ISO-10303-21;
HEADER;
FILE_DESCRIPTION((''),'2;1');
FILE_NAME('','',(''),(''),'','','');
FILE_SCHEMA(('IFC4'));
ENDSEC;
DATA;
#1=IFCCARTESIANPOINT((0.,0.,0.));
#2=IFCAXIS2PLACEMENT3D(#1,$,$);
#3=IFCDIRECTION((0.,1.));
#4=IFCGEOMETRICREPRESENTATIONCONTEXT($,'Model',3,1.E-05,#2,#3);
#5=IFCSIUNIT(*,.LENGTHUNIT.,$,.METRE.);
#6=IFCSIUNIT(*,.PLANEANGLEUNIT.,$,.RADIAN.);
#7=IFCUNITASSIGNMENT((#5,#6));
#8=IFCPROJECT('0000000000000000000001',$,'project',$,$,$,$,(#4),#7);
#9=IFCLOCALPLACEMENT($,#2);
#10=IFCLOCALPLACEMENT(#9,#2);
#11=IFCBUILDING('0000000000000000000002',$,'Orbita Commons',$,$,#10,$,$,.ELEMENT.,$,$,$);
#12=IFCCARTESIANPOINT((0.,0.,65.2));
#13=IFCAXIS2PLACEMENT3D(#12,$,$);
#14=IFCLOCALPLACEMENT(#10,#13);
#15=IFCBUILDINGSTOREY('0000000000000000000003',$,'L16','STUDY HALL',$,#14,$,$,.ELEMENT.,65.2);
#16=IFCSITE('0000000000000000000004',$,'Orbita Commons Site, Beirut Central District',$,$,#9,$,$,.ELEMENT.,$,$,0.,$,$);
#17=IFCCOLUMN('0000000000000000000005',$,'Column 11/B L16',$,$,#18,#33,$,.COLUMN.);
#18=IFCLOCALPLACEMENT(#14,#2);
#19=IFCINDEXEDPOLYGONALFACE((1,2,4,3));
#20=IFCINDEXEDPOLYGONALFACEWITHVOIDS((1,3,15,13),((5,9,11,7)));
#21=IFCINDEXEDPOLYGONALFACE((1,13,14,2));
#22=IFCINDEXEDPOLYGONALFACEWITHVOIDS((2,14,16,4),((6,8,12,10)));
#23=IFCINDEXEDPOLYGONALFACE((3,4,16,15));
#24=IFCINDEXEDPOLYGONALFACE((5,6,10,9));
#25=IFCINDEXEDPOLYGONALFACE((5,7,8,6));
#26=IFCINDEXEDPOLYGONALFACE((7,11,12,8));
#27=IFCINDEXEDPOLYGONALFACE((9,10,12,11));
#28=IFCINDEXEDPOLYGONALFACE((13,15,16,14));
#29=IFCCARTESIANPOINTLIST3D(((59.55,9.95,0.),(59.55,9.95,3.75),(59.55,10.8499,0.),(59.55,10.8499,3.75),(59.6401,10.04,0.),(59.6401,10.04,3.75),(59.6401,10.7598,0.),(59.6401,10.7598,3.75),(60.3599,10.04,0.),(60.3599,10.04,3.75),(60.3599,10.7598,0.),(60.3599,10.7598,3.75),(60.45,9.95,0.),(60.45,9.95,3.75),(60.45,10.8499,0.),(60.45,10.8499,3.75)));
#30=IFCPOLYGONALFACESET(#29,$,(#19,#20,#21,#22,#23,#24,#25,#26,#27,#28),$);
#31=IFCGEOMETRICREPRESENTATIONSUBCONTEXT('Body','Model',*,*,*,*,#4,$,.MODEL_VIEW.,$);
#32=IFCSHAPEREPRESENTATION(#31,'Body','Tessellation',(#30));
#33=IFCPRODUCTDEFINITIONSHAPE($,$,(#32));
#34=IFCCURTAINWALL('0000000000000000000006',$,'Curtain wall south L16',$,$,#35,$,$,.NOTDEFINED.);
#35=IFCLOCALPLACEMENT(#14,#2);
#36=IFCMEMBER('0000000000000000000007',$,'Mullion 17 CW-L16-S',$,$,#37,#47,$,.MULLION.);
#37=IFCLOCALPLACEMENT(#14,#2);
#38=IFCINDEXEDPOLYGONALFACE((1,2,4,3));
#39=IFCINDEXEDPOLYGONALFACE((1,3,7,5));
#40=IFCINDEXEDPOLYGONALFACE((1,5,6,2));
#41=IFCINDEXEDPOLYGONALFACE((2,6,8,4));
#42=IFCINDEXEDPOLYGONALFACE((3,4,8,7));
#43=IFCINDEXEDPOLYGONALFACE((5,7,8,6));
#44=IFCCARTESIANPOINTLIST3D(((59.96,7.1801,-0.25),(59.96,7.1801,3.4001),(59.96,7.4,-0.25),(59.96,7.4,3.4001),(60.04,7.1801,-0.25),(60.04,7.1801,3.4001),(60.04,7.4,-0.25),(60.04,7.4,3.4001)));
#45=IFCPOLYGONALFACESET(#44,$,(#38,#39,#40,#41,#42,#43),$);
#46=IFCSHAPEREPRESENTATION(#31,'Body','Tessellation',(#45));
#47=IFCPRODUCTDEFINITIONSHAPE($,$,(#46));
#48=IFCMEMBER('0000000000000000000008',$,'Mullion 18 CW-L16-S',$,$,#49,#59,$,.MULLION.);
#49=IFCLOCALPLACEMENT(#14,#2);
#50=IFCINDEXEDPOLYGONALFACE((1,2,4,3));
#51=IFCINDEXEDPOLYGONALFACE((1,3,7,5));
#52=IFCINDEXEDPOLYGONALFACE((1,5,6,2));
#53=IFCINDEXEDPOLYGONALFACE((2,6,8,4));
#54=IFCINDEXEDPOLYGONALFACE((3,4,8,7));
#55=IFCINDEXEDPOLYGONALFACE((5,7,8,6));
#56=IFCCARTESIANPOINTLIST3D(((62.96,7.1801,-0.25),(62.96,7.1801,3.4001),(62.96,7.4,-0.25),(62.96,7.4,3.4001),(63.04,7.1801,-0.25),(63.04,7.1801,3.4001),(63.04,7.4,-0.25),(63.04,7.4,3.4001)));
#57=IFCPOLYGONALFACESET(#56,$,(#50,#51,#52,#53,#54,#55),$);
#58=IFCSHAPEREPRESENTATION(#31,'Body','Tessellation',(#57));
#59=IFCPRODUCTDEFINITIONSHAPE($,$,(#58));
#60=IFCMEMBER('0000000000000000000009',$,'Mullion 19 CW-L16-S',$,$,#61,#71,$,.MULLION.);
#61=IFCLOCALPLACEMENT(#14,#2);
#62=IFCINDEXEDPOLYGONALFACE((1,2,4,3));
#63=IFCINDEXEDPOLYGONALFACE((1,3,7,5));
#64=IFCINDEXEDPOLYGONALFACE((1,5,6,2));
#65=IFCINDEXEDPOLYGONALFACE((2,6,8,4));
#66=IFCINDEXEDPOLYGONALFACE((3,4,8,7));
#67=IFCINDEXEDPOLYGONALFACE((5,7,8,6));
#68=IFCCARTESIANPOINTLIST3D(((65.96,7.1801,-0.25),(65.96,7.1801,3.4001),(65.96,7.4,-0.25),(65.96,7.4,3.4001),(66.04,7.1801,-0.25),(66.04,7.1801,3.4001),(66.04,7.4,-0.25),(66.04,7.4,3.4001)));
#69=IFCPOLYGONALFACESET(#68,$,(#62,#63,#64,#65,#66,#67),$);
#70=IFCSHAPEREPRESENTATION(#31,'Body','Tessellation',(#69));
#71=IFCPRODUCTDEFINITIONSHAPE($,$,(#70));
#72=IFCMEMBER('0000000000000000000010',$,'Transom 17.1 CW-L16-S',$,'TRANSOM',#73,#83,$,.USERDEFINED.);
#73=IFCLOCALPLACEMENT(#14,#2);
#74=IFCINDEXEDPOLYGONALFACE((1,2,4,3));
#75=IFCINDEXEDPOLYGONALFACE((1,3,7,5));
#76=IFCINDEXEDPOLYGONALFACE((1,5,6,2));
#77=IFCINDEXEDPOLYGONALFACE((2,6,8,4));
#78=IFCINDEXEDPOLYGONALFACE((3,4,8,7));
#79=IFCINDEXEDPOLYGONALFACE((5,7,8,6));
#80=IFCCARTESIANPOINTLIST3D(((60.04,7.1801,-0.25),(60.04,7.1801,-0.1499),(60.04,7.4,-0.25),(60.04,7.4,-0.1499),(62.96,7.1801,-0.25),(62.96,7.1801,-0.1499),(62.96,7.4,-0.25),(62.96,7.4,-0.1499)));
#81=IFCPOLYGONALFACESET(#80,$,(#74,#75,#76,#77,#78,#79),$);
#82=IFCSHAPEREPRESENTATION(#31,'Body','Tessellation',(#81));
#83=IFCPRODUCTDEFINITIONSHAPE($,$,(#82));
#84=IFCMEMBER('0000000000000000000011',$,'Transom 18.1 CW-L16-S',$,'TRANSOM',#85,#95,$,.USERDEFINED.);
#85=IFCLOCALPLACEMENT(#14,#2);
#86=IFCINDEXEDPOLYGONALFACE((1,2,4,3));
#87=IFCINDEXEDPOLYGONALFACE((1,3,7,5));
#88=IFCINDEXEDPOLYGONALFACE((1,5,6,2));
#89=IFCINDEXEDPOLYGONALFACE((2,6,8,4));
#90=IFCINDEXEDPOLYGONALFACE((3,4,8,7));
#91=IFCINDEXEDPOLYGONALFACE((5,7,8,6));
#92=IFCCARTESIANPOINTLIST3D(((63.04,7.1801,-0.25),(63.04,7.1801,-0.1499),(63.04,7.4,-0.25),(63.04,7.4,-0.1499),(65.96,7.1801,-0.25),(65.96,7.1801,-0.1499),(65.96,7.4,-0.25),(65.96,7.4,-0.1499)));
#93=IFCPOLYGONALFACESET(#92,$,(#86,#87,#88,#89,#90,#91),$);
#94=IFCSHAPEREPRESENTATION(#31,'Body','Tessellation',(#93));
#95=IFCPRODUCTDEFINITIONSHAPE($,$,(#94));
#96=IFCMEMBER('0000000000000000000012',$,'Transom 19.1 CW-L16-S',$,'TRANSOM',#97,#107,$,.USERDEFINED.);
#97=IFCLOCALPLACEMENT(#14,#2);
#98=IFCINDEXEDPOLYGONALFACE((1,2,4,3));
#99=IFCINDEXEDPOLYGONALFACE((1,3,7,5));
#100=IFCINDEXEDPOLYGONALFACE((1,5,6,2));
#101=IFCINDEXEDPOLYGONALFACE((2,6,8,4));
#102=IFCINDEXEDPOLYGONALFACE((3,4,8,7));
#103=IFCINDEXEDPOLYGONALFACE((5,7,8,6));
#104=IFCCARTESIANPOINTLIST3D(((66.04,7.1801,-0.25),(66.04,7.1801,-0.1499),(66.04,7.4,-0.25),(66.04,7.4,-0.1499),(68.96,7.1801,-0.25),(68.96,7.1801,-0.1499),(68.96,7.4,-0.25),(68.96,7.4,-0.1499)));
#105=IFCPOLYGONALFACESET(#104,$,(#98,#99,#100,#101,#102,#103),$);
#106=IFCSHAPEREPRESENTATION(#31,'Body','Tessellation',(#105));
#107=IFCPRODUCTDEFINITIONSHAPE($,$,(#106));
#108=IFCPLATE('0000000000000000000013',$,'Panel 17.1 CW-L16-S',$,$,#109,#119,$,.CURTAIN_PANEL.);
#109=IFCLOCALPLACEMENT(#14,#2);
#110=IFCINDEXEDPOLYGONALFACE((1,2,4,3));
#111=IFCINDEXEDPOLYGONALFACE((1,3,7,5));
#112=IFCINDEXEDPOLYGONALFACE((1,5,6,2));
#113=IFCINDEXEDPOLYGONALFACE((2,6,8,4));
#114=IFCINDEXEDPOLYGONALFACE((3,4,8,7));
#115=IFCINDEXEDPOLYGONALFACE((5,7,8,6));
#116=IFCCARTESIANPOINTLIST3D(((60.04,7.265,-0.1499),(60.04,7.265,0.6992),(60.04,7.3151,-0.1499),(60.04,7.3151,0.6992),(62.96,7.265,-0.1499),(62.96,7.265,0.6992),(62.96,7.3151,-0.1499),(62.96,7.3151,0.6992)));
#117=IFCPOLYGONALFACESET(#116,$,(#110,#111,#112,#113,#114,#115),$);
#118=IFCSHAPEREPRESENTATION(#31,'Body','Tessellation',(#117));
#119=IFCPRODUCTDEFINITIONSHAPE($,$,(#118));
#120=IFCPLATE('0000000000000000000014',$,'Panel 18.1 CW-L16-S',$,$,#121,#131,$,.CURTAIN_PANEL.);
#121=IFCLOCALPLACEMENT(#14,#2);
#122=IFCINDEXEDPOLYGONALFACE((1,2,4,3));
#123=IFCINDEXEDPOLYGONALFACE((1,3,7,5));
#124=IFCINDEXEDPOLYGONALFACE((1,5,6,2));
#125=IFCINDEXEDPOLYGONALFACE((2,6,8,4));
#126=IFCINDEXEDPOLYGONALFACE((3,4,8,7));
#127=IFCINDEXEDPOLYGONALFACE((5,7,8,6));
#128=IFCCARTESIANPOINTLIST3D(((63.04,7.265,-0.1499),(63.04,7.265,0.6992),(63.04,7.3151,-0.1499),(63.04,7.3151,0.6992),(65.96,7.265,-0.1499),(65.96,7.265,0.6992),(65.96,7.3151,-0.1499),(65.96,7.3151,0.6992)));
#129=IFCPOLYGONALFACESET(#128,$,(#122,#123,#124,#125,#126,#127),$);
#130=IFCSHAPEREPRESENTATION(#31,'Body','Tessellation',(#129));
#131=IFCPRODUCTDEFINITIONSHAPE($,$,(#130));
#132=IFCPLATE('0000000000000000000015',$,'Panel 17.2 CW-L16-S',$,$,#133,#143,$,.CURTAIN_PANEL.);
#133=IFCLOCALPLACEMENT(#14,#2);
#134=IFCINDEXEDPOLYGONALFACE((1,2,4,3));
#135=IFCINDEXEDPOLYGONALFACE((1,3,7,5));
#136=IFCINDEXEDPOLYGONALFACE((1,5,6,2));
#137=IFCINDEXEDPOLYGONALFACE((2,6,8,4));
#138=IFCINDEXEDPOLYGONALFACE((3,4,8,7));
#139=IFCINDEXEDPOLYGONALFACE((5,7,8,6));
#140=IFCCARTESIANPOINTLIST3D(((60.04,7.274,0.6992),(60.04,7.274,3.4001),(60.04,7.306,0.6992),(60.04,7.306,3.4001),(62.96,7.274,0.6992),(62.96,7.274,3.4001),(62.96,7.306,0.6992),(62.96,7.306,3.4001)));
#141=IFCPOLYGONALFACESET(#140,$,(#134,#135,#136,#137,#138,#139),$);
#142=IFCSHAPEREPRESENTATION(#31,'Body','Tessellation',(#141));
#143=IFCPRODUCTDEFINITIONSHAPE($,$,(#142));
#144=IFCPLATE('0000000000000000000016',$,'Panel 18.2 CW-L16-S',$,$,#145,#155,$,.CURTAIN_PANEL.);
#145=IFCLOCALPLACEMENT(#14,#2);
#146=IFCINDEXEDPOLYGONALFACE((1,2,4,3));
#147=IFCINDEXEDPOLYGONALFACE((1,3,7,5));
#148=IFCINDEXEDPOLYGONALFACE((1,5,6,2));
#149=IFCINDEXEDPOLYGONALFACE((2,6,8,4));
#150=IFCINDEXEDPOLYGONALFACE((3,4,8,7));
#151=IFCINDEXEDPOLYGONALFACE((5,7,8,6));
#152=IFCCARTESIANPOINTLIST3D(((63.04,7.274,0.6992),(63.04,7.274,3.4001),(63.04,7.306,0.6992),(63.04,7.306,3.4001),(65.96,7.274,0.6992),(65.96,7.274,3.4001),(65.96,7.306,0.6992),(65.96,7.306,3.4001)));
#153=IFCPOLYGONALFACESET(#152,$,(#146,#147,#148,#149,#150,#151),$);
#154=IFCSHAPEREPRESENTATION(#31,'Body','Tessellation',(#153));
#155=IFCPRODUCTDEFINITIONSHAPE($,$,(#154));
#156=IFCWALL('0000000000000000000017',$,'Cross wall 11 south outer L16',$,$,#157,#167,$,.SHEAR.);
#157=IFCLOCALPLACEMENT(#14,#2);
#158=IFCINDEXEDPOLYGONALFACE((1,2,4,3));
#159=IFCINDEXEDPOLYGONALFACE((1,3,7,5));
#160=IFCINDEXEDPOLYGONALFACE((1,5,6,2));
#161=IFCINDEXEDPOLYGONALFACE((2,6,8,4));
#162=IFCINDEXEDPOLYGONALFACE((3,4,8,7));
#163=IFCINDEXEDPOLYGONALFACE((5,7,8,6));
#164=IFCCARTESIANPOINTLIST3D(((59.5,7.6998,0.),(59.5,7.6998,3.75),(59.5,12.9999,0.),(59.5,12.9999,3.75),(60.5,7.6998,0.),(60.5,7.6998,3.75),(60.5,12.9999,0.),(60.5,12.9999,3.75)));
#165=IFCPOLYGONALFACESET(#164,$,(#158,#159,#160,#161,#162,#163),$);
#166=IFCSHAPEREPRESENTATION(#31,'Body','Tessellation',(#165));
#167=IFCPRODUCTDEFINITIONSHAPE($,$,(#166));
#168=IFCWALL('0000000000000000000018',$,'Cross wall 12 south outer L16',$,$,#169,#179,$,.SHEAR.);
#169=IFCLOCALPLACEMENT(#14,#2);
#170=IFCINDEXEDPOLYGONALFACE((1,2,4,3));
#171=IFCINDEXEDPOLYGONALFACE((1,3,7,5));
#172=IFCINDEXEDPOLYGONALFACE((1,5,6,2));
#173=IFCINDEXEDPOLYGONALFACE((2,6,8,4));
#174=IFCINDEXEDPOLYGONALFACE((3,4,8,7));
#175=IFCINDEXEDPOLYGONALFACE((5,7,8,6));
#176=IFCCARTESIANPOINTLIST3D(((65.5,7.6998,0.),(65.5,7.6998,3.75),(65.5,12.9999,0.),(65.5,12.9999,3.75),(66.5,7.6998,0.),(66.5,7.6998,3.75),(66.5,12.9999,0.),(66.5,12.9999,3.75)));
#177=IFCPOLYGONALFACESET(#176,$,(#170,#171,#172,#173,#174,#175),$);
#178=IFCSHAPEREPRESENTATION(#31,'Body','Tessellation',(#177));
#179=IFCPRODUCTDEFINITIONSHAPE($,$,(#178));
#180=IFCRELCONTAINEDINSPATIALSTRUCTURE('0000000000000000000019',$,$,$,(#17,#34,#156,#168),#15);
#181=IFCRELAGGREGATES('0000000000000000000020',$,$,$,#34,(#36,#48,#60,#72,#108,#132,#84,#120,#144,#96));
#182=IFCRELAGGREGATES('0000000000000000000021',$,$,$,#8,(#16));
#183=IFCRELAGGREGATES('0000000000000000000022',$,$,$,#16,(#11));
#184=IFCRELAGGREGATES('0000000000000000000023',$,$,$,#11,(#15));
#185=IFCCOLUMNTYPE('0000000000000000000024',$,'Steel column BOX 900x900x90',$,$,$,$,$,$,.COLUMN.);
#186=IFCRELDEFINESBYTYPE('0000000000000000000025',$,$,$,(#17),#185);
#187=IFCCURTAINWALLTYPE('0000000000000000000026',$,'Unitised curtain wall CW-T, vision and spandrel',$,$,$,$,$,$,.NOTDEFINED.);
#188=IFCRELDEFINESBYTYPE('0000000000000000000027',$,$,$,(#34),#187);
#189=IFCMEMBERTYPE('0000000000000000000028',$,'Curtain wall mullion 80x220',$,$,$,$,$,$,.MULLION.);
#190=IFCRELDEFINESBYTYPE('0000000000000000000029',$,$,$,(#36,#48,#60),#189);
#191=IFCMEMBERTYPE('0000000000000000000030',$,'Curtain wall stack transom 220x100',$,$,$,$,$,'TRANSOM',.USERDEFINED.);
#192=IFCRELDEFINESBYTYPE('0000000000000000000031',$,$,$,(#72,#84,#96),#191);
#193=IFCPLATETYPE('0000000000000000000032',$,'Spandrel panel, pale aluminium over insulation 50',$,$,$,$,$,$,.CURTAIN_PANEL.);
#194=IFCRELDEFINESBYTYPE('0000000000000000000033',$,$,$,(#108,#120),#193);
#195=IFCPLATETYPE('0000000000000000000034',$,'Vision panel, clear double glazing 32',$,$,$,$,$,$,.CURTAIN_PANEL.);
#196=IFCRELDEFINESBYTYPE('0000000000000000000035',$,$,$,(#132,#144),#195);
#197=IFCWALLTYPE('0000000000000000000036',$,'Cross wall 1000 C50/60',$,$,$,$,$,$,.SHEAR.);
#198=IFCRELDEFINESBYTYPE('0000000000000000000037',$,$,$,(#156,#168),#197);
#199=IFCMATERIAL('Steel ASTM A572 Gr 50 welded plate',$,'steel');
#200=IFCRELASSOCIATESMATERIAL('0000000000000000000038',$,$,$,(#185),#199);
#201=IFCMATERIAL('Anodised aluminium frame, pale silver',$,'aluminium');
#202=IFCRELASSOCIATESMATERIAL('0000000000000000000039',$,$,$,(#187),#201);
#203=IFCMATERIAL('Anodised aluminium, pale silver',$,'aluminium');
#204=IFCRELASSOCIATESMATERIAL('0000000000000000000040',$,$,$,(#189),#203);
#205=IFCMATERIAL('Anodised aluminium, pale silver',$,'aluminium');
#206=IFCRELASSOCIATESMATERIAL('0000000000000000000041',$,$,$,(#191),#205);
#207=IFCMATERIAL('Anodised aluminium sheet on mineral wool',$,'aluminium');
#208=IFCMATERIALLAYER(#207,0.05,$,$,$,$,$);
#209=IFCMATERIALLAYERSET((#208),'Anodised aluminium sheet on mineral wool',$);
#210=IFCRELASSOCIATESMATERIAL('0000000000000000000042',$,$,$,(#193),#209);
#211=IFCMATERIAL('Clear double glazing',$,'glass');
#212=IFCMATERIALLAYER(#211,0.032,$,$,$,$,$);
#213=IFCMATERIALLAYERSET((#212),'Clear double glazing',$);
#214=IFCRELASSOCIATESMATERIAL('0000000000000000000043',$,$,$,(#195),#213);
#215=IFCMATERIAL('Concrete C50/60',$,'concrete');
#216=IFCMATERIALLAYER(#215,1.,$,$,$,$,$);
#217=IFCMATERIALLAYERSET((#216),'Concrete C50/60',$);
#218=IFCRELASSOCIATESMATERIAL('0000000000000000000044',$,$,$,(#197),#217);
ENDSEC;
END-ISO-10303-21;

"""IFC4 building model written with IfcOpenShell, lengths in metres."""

from ifc_helpers import new_model, si_unit, direction, frame, frame_2d, origin, origin_2d, place, context, subcontext, project, spatial, rectangle, hollow_rectangle, extrude, material, layer, layer_set, material_profile, profile_set, type_object, element, aggregate, save


model = new_model("IFC4")

# Units and contexts
model_context = context("Model", 3, precision=1e-05, world=origin(), true_north=direction((0.0, 1.0)))
body_context = subcontext(model_context, "Body", "Model", "MODEL_VIEW")
ifc_project = project(units=[si_unit("LENGTHUNIT", "METRE"), si_unit("PLANEANGLEUNIT", "RADIAN")], contexts=[model_context])

# Site, building, storey
site_placement = place(None, origin())
site = spatial("IfcSite", under=ifc_project, at=site_placement, Name="Orbita Commons Site, Beirut Central District", CompositionType="ELEMENT", RefElevation=0.0)
building_placement = place(site_placement, origin())
building = spatial("IfcBuilding", under=site, at=building_placement, Name="Orbita Commons", CompositionType="ELEMENT")
storey_placement = place(building_placement, frame((0.0, 0.0, 65.2)))
storey = spatial("IfcBuildingStorey", under=building, at=storey_placement, Name="L16", Description="STUDY HALL", CompositionType="ELEMENT", Elevation=65.2)

# Column
ifc_material_1 = material(Name="Steel ASTM A572 Gr 50 welded plate", Category="steel")
ifc_material_profile_1 = material_profile(ifc_material_1, hollow_rectangle(XDim=0.8999, YDim=0.8999, WallThickness=0.0901, at=origin_2d()), Name="BOX 900x900x90")
ifc_profile_set_1 = profile_set([ifc_material_profile_1], Name="Steel ASTM A572 Gr 50 welded plate")
column_type = type_object("IfcColumnType", Name="Steel column BOX 900x900x90", PredefinedType="COLUMN", material=ifc_profile_set_1)
column_placement = place(storey_placement, frame((60.0, 10.3999, 0.0), z_axis=(0.0, 0.0, 1.0), x_axis=(1.0, 0.0, 0.0)))
element("IfcColumn", 1, at=column_placement, inside=storey, type_object=column_type, Name="Column 11/B L16", PredefinedType="COLUMN", context=body_context, shape_type="SweptSolid", body=[
    extrude(hollow_rectangle(XDim=0.8999, YDim=0.8999, WallThickness=0.0901, at=origin_2d()), origin(), (0.0, 0.0, 1.0), 3.75),
])

# Curtain wall, members, plates
ifc_material_2 = material(Name="Anodised aluminium frame, pale silver", Category="aluminium")
curtain_wall_type = type_object("IfcCurtainWallType", Name="Unitised curtain wall CW-T, vision and spandrel", PredefinedType="NOTDEFINED", material=ifc_material_2)
curtain_wall_placement = place(storey_placement, origin())
curtain_wall = element("IfcCurtainWall", 2, at=curtain_wall_placement, inside=storey, type_object=curtain_wall_type, Name="Curtain wall south L16", PredefinedType="NOTDEFINED")
ifc_material_3 = material(Name="Anodised aluminium, pale silver", Category="aluminium")
ifc_material_profile_2 = material_profile(ifc_material_3, rectangle(XDim=0.0801, YDim=0.22, at=origin_2d()), Name="AL 80x220")
ifc_profile_set_2 = profile_set([ifc_material_profile_2], Name="Anodised aluminium, pale silver")
member_type_1 = type_object("IfcMemberType", Name="Curtain wall mullion 80x220", PredefinedType="MULLION", material=ifc_profile_set_2)
member_1_placement = place(storey_placement, frame((60.0, 7.29, -0.25), z_axis=(0.0, 0.0, 1.0), x_axis=(1.0, 0.0, 0.0)))
member_1 = element("IfcMember", 3, at=member_1_placement, type_object=member_type_1, Name="Mullion 17 CW-L16-S", PredefinedType="MULLION", context=body_context, shape_type="SweptSolid", body=[
    extrude(rectangle(XDim=0.0801, YDim=0.22, at=origin_2d()), origin(), (0.0, 0.0, 1.0), 3.6501),
])
member_2_placement = place(storey_placement, frame((63.0, 7.29, -0.25), z_axis=(0.0, 0.0, 1.0), x_axis=(1.0, 0.0, 0.0)))
member_2 = element("IfcMember", 4, at=member_2_placement, type_object=member_type_1, Name="Mullion 18 CW-L16-S", PredefinedType="MULLION", context=body_context, shape_type="SweptSolid", body=[
    extrude(rectangle(XDim=0.0801, YDim=0.22, at=origin_2d()), origin(), (0.0, 0.0, 1.0), 3.6501),
])
member_3_placement = place(storey_placement, frame((66.0, 7.29, -0.25), z_axis=(0.0, 0.0, 1.0), x_axis=(1.0, 0.0, 0.0)))
member_3 = element("IfcMember", 5, at=member_3_placement, type_object=member_type_1, Name="Mullion 19 CW-L16-S", PredefinedType="MULLION", context=body_context, shape_type="SweptSolid", body=[
    extrude(rectangle(XDim=0.0801, YDim=0.22, at=origin_2d()), origin(), (0.0, 0.0, 1.0), 3.6501),
])
ifc_material_4 = material(Name="Anodised aluminium, pale silver", Category="aluminium")
ifc_material_profile_3 = material_profile(ifc_material_4, rectangle(XDim=0.22, YDim=0.1001, at=origin_2d()), Name="AL 220x100")
ifc_profile_set_3 = profile_set([ifc_material_profile_3], Name="Anodised aluminium, pale silver")
member_type_2 = type_object("IfcMemberType", Name="Curtain wall stack transom 220x100", ElementType="TRANSOM", PredefinedType="USERDEFINED", material=ifc_profile_set_3)
member_4_placement = place(storey_placement, frame((60.04, 7.29, -0.2), z_axis=(1.0, 0.0, 0.0), x_axis=(0.0, 1.0, 0.0)))
member_4 = element("IfcMember", 6, at=member_4_placement, type_object=member_type_2, Name="Transom 17.1 CW-L16-S", ObjectType="TRANSOM", PredefinedType="USERDEFINED", context=body_context, shape_type="SweptSolid", body=[
    extrude(rectangle(XDim=0.22, YDim=0.1001, at=origin_2d()), origin(), (0.0, 0.0, 1.0), 2.9199),
])
member_5_placement = place(storey_placement, frame((63.04, 7.29, -0.2), z_axis=(1.0, 0.0, 0.0), x_axis=(0.0, 1.0, 0.0)))
member_5 = element("IfcMember", 7, at=member_5_placement, type_object=member_type_2, Name="Transom 18.1 CW-L16-S", ObjectType="TRANSOM", PredefinedType="USERDEFINED", context=body_context, shape_type="SweptSolid", body=[
    extrude(rectangle(XDim=0.22, YDim=0.1001, at=origin_2d()), origin(), (0.0, 0.0, 1.0), 2.9199),
])
member_6_placement = place(storey_placement, frame((66.04, 7.29, -0.2), z_axis=(1.0, 0.0, 0.0), x_axis=(0.0, 1.0, 0.0)))
member_6 = element("IfcMember", 8, at=member_6_placement, type_object=member_type_2, Name="Transom 19.1 CW-L16-S", ObjectType="TRANSOM", PredefinedType="USERDEFINED", context=body_context, shape_type="SweptSolid", body=[
    extrude(rectangle(XDim=0.22, YDim=0.1001, at=origin_2d()), origin(), (0.0, 0.0, 1.0), 2.9199),
])
ifc_material_5 = material(Name="Anodised aluminium sheet on mineral wool", Category="aluminium")
ifc_layer_1 = layer(ifc_material_5, 0.05)
ifc_layer_set_1 = layer_set([ifc_layer_1], Name="Anodised aluminium sheet on mineral wool")
plate_type_1 = type_object("IfcPlateType", Name="Spandrel panel, pale aluminium over insulation 50", PredefinedType="CURTAIN_PANEL", material=ifc_layer_set_1)
plate_1_placement = place(storey_placement, frame((61.5, 7.29, -0.1499), z_axis=(0.0, 0.0, 1.0), x_axis=(1.0, 0.0, 0.0)))
plate_1 = element("IfcPlate", 9, at=plate_1_placement, type_object=plate_type_1, Name="Panel 17.1 CW-L16-S", PredefinedType="CURTAIN_PANEL", context=body_context, shape_type="SweptSolid", body=[
    extrude(rectangle(XDim=2.9199, YDim=0.05, at=origin_2d()), origin(), (0.0, 0.0, 1.0), 0.8491),
])
plate_2_placement = place(storey_placement, frame((64.5, 7.29, -0.1499), z_axis=(0.0, 0.0, 1.0), x_axis=(1.0, 0.0, 0.0)))
plate_2 = element("IfcPlate", 10, at=plate_2_placement, type_object=plate_type_1, Name="Panel 18.1 CW-L16-S", PredefinedType="CURTAIN_PANEL", context=body_context, shape_type="SweptSolid", body=[
    extrude(rectangle(XDim=2.9199, YDim=0.05, at=origin_2d()), origin(), (0.0, 0.0, 1.0), 0.8491),
])
ifc_material_6 = material(Name="Clear double glazing", Category="glass")
ifc_layer_2 = layer(ifc_material_6, 0.032)
ifc_layer_set_2 = layer_set([ifc_layer_2], Name="Clear double glazing")
plate_type_2 = type_object("IfcPlateType", Name="Vision panel, clear double glazing 32", PredefinedType="CURTAIN_PANEL", material=ifc_layer_set_2)
plate_3_placement = place(storey_placement, frame((61.5, 7.29, 0.6992), z_axis=(0.0, 0.0, 1.0), x_axis=(1.0, 0.0, 0.0)))
plate_3 = element("IfcPlate", 11, at=plate_3_placement, type_object=plate_type_2, Name="Panel 17.2 CW-L16-S", PredefinedType="CURTAIN_PANEL", context=body_context, shape_type="SweptSolid", body=[
    extrude(rectangle(XDim=2.9199, YDim=0.032, at=origin_2d()), origin(), (0.0, 0.0, 1.0), 2.7009),
])
plate_4_placement = place(storey_placement, frame((64.5, 7.29, 0.6992), z_axis=(0.0, 0.0, 1.0), x_axis=(1.0, 0.0, 0.0)))
plate_4 = element("IfcPlate", 12, at=plate_4_placement, type_object=plate_type_2, Name="Panel 18.2 CW-L16-S", PredefinedType="CURTAIN_PANEL", context=body_context, shape_type="SweptSolid", body=[
    extrude(rectangle(XDim=2.9199, YDim=0.032, at=origin_2d()), origin(), (0.0, 0.0, 1.0), 2.7009),
])
aggregate(curtain_wall, [member_1, member_2, member_3, member_4, plate_1, plate_3, member_5, plate_2, plate_4, member_6])

# Walls
ifc_material_7 = material(Name="Concrete C50/60", Category="concrete")
ifc_layer_3 = layer(ifc_material_7, 1.0)
ifc_layer_set_3 = layer_set([ifc_layer_3], Name="Concrete C50/60")
wall_type_1 = type_object("IfcWallType", Name="Cross wall 1000 C50/60", PredefinedType="SHEAR", material=ifc_layer_set_3)
for number, where, z_axis, x_axis, name in (
    (13, (60.0, 7.7, 0.0), (0.0, 0.0, 1.0), (0.0, 1.0, 0.0), "Cross wall 11 south outer L16"),
    (14, (66.0, 7.7, 0.0), (0.0, 0.0, 1.0), (0.0, 1.0, 0.0), "Cross wall 12 south outer L16"),
):
    element("IfcWall", number, at=place(storey_placement, frame(where, z_axis=z_axis, x_axis=x_axis)), inside=storey, type_object=wall_type_1, Name=name, PredefinedType="SHEAR", context=body_context, shape_type="SweptSolid", body=[
        extrude(rectangle(XDim=5.3, YDim=1.0, at=frame_2d((2.6499, 0.0))), origin(), (0.0, 0.0, 1.0), 3.75),
    ])

save(model, "model.ifc")
